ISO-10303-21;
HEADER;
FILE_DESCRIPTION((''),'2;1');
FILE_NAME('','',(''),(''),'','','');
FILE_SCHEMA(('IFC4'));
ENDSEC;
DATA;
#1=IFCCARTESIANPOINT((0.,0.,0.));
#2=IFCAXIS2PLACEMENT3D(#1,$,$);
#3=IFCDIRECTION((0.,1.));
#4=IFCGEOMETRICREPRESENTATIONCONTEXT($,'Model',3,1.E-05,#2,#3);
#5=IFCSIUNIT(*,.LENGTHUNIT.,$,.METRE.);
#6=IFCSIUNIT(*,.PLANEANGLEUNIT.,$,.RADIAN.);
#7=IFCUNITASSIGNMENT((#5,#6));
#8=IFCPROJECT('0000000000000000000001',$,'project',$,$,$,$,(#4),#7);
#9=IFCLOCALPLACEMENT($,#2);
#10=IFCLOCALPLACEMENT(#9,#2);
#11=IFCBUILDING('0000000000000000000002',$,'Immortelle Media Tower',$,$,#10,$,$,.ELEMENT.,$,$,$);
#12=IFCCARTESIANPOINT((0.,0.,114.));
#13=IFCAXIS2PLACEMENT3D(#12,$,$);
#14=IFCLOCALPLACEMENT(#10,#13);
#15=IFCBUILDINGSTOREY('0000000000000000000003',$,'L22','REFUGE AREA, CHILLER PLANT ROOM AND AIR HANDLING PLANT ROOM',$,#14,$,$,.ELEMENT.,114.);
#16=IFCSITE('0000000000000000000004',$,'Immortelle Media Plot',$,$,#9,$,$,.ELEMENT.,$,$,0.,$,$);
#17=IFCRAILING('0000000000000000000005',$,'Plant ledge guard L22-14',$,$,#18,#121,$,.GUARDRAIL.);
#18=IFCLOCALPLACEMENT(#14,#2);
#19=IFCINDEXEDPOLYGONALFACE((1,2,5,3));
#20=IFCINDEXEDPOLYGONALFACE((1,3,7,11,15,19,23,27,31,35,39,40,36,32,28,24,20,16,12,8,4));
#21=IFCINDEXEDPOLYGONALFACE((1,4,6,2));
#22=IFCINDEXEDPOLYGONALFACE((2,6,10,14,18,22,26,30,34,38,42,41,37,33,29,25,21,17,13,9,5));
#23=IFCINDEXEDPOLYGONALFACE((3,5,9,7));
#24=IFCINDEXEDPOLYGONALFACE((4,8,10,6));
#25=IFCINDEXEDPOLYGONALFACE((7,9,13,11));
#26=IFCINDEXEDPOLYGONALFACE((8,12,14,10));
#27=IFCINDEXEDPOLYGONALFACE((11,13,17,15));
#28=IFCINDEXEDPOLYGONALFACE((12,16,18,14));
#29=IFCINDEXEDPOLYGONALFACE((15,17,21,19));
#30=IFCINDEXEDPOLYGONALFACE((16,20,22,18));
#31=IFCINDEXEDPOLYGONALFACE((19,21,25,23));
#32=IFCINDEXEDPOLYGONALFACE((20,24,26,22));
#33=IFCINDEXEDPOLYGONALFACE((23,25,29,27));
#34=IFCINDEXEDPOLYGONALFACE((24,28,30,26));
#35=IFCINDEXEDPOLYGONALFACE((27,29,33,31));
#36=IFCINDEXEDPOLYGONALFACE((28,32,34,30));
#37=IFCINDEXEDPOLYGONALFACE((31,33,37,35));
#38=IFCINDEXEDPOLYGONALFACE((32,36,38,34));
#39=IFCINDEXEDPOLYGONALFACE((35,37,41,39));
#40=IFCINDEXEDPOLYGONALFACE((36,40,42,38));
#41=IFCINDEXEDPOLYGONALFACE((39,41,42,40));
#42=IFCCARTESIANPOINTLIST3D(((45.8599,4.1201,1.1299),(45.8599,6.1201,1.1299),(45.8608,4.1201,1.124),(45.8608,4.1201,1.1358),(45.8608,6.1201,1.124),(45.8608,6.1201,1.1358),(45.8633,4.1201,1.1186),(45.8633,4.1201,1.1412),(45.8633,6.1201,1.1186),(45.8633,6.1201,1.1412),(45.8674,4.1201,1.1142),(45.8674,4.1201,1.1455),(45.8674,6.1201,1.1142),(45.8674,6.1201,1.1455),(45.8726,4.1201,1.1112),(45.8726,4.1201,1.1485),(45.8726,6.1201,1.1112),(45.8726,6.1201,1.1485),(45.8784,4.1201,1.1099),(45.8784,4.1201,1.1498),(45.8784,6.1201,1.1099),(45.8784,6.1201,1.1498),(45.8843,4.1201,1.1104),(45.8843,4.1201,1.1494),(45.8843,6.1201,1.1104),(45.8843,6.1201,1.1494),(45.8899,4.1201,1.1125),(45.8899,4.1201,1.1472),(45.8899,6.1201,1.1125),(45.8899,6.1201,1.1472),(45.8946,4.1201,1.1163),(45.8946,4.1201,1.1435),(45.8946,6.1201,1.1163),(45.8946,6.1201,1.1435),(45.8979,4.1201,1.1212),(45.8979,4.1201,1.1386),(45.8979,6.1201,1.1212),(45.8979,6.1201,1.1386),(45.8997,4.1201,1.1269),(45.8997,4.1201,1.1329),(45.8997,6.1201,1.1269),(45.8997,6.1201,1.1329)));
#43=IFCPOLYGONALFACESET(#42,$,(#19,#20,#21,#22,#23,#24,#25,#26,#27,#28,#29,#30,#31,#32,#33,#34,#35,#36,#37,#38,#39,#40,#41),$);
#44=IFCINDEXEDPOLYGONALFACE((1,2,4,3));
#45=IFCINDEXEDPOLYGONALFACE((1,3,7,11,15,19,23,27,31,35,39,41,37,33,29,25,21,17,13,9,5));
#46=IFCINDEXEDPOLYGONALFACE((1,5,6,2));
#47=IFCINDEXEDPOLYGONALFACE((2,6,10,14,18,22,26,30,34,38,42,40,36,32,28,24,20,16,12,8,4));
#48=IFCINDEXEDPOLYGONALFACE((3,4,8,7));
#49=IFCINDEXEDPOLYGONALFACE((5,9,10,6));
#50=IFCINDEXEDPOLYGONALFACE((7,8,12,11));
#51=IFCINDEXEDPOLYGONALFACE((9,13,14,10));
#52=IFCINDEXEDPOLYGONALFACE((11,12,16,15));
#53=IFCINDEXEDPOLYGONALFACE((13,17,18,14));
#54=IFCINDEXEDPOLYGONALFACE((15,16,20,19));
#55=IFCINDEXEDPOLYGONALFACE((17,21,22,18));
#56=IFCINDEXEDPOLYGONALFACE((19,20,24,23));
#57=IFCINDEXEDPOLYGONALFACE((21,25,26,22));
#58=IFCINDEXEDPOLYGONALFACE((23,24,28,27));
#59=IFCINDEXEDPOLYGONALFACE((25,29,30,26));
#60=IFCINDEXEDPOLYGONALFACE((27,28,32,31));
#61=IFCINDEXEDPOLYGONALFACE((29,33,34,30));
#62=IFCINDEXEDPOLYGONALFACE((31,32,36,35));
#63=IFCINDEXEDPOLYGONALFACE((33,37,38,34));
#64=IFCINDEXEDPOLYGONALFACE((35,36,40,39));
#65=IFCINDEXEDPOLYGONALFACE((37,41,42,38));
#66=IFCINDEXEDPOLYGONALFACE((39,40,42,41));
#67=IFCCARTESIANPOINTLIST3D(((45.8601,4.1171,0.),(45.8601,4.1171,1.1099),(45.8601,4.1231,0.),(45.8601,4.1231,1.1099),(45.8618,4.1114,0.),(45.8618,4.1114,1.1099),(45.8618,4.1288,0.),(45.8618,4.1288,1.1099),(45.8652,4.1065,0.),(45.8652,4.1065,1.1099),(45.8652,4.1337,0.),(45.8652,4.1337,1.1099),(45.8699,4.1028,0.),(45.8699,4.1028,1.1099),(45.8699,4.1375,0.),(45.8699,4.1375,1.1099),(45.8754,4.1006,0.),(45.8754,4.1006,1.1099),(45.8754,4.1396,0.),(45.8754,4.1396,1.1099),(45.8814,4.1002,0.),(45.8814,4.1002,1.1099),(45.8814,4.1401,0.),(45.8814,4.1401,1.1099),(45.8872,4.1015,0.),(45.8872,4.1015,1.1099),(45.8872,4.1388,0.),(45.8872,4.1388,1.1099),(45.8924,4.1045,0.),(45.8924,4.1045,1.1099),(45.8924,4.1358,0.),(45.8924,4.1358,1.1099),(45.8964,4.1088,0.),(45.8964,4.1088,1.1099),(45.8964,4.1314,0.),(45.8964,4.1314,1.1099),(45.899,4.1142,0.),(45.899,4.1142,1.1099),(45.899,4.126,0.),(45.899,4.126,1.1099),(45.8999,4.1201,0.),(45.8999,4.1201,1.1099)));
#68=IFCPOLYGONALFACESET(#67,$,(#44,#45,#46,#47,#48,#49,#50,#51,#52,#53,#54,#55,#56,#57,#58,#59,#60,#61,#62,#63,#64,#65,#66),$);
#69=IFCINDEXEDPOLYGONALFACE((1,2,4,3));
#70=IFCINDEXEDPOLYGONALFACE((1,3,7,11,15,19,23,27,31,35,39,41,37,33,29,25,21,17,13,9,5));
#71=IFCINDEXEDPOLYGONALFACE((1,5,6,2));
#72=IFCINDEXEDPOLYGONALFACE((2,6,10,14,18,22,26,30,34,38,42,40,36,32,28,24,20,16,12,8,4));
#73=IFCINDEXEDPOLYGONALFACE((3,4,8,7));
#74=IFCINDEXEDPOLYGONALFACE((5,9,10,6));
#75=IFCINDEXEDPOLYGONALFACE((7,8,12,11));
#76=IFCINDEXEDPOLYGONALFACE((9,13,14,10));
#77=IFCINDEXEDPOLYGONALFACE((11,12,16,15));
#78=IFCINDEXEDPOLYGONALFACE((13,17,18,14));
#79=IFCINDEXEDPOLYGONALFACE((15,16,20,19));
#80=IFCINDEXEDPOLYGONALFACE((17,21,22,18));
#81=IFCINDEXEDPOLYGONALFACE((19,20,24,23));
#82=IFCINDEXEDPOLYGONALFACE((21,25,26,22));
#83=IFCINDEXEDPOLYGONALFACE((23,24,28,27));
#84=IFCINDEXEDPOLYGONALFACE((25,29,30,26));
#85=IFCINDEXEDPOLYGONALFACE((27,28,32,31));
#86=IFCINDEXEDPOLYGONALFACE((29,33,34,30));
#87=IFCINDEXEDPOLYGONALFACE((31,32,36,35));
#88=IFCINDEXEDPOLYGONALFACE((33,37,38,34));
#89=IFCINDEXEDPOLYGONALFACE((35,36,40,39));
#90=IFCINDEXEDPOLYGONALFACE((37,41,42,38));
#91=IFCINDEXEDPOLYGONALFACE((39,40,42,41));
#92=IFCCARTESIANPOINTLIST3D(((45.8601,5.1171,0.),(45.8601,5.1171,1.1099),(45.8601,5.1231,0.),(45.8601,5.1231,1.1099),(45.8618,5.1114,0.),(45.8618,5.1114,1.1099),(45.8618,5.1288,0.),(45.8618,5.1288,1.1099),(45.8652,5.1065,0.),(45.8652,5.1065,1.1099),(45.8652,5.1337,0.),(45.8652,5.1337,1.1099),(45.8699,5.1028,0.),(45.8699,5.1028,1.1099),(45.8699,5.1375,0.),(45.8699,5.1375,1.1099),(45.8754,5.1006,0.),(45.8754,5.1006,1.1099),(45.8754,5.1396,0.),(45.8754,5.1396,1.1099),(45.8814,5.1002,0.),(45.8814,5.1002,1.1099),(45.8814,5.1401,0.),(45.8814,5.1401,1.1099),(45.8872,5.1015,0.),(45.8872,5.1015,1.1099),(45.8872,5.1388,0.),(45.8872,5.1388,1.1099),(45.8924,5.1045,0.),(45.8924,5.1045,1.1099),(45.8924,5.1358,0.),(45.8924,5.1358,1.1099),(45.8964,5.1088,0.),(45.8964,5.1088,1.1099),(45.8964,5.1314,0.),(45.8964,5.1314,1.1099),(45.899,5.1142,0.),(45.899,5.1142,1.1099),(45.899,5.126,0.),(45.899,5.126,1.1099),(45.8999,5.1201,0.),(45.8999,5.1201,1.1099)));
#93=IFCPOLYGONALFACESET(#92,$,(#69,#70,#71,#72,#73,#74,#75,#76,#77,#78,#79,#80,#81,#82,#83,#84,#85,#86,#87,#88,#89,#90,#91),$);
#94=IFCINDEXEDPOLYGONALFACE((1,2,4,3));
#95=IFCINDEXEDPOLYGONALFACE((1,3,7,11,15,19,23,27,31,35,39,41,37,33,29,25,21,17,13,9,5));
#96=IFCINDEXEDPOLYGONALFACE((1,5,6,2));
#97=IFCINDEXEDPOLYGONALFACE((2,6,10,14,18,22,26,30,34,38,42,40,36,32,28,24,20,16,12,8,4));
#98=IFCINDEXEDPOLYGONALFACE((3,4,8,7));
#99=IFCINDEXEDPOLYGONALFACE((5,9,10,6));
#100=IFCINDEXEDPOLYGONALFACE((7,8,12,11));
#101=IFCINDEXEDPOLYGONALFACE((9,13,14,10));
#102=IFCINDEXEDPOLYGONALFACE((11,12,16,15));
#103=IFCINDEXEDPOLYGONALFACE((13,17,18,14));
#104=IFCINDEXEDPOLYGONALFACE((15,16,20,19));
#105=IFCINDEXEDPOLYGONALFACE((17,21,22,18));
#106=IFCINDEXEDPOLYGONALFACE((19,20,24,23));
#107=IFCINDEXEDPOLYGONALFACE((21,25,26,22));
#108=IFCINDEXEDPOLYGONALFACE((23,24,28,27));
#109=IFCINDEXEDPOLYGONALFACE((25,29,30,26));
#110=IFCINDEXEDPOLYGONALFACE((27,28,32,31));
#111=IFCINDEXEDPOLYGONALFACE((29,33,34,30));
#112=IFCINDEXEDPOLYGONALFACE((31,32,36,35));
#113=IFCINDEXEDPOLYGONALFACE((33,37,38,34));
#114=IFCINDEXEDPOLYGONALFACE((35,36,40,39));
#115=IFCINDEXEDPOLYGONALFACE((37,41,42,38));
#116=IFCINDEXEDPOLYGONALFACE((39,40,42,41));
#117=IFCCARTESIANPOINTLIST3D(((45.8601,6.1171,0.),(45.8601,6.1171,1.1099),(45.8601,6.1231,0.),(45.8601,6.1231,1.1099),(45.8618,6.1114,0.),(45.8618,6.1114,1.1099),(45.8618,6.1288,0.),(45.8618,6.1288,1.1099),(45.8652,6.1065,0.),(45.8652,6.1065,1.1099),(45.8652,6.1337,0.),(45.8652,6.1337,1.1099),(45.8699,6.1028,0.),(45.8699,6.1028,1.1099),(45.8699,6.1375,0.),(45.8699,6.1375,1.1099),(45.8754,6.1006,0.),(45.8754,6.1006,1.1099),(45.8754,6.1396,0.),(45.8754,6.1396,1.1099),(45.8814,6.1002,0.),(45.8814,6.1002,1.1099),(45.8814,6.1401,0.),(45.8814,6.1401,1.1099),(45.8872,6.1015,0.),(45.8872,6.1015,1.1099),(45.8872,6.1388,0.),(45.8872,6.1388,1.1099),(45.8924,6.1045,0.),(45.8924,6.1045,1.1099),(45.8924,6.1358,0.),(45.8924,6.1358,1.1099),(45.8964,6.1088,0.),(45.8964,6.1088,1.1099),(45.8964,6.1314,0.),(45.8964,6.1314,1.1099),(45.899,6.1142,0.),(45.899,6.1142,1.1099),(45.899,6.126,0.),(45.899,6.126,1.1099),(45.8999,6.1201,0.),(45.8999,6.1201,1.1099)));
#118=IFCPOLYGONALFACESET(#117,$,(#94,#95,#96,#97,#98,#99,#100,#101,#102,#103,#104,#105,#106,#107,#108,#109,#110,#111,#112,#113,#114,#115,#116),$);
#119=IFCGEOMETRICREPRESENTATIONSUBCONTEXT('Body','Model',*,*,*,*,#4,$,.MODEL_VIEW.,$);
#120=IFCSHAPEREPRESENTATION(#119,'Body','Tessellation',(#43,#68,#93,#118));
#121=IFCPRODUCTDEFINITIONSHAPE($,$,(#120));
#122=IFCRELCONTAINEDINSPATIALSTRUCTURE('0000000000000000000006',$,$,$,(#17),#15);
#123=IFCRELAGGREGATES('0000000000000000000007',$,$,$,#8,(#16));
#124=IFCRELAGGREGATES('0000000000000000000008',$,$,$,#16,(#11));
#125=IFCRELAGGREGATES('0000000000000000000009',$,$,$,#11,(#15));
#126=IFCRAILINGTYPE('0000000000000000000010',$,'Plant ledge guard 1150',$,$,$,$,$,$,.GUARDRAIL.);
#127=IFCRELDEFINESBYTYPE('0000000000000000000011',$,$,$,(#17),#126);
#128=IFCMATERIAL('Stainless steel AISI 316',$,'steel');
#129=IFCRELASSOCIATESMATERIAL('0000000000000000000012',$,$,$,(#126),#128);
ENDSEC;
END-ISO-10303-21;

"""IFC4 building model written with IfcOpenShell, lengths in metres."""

from ifc_helpers import new_model, si_unit, direction, frame, origin, origin_2d, place, context, subcontext, project, spatial, circle, extrude, material, type_object, element, save


model = new_model("IFC4")

# Units and contexts
model_context = context("Model", 3, precision=1e-05, world=origin(), true_north=direction((0.0, 1.0)))
body_context = subcontext(model_context, "Body", "Model", "MODEL_VIEW")
ifc_project = project(units=[si_unit("LENGTHUNIT", "METRE"), si_unit("PLANEANGLEUNIT", "RADIAN")], contexts=[model_context])

# Site, building, storey
site_placement = place(None, origin())
site = spatial("IfcSite", under=ifc_project, at=site_placement, Name="Immortelle Media Plot", CompositionType="ELEMENT", RefElevation=0.0)
building_placement = place(site_placement, origin())
building = spatial("IfcBuilding", under=site, at=building_placement, Name="Immortelle Media Tower", CompositionType="ELEMENT")
storey_placement = place(building_placement, frame((0.0, 0.0, 114.0)))
storey = spatial("IfcBuildingStorey", under=building, at=storey_placement, Name="L22", Description="REFUGE AREA, CHILLER PLANT ROOM AND AIR HANDLING PLANT ROOM", CompositionType="ELEMENT", Elevation=114.0)

# Railing
ifc_material_1 = material(Name="Stainless steel AISI 316", Category="steel")
railing_type = type_object("IfcRailingType", Name="Plant ledge guard 1150", PredefinedType="GUARDRAIL", material=ifc_material_1)
railing_1_placement = place(storey_placement, frame((45.8799, 4.1201, 0.0)))
element("IfcRailing", 1, at=railing_1_placement, inside=storey, type_object=railing_type, Name="Plant ledge guard L22-14", PredefinedType="GUARDRAIL", context=body_context, shape_type="SweptSolid", body=[
    extrude(circle(Radius=0.02, at=origin_2d()), frame((0.0, 0.0, 1.1299), z_axis=(0.0, 1.0, 0.0), x_axis=(-1.0, 0.0, 0.0)), (0.0, 0.0, 1.0), 2.0),
    extrude(circle(Radius=0.02, at=origin_2d()), origin(), (0.0, 0.0, 1.0), 1.1099),
    extrude(circle(Radius=0.02, at=origin_2d()), frame((0.0, 1.0, 0.0)), (0.0, 0.0, 1.0), 1.1099),
    extrude(circle(Radius=0.02, at=origin_2d()), frame((0.0, 2.0, 0.0)), (0.0, 0.0, 1.0), 1.1099),
])

save(model, "model.ifc")
